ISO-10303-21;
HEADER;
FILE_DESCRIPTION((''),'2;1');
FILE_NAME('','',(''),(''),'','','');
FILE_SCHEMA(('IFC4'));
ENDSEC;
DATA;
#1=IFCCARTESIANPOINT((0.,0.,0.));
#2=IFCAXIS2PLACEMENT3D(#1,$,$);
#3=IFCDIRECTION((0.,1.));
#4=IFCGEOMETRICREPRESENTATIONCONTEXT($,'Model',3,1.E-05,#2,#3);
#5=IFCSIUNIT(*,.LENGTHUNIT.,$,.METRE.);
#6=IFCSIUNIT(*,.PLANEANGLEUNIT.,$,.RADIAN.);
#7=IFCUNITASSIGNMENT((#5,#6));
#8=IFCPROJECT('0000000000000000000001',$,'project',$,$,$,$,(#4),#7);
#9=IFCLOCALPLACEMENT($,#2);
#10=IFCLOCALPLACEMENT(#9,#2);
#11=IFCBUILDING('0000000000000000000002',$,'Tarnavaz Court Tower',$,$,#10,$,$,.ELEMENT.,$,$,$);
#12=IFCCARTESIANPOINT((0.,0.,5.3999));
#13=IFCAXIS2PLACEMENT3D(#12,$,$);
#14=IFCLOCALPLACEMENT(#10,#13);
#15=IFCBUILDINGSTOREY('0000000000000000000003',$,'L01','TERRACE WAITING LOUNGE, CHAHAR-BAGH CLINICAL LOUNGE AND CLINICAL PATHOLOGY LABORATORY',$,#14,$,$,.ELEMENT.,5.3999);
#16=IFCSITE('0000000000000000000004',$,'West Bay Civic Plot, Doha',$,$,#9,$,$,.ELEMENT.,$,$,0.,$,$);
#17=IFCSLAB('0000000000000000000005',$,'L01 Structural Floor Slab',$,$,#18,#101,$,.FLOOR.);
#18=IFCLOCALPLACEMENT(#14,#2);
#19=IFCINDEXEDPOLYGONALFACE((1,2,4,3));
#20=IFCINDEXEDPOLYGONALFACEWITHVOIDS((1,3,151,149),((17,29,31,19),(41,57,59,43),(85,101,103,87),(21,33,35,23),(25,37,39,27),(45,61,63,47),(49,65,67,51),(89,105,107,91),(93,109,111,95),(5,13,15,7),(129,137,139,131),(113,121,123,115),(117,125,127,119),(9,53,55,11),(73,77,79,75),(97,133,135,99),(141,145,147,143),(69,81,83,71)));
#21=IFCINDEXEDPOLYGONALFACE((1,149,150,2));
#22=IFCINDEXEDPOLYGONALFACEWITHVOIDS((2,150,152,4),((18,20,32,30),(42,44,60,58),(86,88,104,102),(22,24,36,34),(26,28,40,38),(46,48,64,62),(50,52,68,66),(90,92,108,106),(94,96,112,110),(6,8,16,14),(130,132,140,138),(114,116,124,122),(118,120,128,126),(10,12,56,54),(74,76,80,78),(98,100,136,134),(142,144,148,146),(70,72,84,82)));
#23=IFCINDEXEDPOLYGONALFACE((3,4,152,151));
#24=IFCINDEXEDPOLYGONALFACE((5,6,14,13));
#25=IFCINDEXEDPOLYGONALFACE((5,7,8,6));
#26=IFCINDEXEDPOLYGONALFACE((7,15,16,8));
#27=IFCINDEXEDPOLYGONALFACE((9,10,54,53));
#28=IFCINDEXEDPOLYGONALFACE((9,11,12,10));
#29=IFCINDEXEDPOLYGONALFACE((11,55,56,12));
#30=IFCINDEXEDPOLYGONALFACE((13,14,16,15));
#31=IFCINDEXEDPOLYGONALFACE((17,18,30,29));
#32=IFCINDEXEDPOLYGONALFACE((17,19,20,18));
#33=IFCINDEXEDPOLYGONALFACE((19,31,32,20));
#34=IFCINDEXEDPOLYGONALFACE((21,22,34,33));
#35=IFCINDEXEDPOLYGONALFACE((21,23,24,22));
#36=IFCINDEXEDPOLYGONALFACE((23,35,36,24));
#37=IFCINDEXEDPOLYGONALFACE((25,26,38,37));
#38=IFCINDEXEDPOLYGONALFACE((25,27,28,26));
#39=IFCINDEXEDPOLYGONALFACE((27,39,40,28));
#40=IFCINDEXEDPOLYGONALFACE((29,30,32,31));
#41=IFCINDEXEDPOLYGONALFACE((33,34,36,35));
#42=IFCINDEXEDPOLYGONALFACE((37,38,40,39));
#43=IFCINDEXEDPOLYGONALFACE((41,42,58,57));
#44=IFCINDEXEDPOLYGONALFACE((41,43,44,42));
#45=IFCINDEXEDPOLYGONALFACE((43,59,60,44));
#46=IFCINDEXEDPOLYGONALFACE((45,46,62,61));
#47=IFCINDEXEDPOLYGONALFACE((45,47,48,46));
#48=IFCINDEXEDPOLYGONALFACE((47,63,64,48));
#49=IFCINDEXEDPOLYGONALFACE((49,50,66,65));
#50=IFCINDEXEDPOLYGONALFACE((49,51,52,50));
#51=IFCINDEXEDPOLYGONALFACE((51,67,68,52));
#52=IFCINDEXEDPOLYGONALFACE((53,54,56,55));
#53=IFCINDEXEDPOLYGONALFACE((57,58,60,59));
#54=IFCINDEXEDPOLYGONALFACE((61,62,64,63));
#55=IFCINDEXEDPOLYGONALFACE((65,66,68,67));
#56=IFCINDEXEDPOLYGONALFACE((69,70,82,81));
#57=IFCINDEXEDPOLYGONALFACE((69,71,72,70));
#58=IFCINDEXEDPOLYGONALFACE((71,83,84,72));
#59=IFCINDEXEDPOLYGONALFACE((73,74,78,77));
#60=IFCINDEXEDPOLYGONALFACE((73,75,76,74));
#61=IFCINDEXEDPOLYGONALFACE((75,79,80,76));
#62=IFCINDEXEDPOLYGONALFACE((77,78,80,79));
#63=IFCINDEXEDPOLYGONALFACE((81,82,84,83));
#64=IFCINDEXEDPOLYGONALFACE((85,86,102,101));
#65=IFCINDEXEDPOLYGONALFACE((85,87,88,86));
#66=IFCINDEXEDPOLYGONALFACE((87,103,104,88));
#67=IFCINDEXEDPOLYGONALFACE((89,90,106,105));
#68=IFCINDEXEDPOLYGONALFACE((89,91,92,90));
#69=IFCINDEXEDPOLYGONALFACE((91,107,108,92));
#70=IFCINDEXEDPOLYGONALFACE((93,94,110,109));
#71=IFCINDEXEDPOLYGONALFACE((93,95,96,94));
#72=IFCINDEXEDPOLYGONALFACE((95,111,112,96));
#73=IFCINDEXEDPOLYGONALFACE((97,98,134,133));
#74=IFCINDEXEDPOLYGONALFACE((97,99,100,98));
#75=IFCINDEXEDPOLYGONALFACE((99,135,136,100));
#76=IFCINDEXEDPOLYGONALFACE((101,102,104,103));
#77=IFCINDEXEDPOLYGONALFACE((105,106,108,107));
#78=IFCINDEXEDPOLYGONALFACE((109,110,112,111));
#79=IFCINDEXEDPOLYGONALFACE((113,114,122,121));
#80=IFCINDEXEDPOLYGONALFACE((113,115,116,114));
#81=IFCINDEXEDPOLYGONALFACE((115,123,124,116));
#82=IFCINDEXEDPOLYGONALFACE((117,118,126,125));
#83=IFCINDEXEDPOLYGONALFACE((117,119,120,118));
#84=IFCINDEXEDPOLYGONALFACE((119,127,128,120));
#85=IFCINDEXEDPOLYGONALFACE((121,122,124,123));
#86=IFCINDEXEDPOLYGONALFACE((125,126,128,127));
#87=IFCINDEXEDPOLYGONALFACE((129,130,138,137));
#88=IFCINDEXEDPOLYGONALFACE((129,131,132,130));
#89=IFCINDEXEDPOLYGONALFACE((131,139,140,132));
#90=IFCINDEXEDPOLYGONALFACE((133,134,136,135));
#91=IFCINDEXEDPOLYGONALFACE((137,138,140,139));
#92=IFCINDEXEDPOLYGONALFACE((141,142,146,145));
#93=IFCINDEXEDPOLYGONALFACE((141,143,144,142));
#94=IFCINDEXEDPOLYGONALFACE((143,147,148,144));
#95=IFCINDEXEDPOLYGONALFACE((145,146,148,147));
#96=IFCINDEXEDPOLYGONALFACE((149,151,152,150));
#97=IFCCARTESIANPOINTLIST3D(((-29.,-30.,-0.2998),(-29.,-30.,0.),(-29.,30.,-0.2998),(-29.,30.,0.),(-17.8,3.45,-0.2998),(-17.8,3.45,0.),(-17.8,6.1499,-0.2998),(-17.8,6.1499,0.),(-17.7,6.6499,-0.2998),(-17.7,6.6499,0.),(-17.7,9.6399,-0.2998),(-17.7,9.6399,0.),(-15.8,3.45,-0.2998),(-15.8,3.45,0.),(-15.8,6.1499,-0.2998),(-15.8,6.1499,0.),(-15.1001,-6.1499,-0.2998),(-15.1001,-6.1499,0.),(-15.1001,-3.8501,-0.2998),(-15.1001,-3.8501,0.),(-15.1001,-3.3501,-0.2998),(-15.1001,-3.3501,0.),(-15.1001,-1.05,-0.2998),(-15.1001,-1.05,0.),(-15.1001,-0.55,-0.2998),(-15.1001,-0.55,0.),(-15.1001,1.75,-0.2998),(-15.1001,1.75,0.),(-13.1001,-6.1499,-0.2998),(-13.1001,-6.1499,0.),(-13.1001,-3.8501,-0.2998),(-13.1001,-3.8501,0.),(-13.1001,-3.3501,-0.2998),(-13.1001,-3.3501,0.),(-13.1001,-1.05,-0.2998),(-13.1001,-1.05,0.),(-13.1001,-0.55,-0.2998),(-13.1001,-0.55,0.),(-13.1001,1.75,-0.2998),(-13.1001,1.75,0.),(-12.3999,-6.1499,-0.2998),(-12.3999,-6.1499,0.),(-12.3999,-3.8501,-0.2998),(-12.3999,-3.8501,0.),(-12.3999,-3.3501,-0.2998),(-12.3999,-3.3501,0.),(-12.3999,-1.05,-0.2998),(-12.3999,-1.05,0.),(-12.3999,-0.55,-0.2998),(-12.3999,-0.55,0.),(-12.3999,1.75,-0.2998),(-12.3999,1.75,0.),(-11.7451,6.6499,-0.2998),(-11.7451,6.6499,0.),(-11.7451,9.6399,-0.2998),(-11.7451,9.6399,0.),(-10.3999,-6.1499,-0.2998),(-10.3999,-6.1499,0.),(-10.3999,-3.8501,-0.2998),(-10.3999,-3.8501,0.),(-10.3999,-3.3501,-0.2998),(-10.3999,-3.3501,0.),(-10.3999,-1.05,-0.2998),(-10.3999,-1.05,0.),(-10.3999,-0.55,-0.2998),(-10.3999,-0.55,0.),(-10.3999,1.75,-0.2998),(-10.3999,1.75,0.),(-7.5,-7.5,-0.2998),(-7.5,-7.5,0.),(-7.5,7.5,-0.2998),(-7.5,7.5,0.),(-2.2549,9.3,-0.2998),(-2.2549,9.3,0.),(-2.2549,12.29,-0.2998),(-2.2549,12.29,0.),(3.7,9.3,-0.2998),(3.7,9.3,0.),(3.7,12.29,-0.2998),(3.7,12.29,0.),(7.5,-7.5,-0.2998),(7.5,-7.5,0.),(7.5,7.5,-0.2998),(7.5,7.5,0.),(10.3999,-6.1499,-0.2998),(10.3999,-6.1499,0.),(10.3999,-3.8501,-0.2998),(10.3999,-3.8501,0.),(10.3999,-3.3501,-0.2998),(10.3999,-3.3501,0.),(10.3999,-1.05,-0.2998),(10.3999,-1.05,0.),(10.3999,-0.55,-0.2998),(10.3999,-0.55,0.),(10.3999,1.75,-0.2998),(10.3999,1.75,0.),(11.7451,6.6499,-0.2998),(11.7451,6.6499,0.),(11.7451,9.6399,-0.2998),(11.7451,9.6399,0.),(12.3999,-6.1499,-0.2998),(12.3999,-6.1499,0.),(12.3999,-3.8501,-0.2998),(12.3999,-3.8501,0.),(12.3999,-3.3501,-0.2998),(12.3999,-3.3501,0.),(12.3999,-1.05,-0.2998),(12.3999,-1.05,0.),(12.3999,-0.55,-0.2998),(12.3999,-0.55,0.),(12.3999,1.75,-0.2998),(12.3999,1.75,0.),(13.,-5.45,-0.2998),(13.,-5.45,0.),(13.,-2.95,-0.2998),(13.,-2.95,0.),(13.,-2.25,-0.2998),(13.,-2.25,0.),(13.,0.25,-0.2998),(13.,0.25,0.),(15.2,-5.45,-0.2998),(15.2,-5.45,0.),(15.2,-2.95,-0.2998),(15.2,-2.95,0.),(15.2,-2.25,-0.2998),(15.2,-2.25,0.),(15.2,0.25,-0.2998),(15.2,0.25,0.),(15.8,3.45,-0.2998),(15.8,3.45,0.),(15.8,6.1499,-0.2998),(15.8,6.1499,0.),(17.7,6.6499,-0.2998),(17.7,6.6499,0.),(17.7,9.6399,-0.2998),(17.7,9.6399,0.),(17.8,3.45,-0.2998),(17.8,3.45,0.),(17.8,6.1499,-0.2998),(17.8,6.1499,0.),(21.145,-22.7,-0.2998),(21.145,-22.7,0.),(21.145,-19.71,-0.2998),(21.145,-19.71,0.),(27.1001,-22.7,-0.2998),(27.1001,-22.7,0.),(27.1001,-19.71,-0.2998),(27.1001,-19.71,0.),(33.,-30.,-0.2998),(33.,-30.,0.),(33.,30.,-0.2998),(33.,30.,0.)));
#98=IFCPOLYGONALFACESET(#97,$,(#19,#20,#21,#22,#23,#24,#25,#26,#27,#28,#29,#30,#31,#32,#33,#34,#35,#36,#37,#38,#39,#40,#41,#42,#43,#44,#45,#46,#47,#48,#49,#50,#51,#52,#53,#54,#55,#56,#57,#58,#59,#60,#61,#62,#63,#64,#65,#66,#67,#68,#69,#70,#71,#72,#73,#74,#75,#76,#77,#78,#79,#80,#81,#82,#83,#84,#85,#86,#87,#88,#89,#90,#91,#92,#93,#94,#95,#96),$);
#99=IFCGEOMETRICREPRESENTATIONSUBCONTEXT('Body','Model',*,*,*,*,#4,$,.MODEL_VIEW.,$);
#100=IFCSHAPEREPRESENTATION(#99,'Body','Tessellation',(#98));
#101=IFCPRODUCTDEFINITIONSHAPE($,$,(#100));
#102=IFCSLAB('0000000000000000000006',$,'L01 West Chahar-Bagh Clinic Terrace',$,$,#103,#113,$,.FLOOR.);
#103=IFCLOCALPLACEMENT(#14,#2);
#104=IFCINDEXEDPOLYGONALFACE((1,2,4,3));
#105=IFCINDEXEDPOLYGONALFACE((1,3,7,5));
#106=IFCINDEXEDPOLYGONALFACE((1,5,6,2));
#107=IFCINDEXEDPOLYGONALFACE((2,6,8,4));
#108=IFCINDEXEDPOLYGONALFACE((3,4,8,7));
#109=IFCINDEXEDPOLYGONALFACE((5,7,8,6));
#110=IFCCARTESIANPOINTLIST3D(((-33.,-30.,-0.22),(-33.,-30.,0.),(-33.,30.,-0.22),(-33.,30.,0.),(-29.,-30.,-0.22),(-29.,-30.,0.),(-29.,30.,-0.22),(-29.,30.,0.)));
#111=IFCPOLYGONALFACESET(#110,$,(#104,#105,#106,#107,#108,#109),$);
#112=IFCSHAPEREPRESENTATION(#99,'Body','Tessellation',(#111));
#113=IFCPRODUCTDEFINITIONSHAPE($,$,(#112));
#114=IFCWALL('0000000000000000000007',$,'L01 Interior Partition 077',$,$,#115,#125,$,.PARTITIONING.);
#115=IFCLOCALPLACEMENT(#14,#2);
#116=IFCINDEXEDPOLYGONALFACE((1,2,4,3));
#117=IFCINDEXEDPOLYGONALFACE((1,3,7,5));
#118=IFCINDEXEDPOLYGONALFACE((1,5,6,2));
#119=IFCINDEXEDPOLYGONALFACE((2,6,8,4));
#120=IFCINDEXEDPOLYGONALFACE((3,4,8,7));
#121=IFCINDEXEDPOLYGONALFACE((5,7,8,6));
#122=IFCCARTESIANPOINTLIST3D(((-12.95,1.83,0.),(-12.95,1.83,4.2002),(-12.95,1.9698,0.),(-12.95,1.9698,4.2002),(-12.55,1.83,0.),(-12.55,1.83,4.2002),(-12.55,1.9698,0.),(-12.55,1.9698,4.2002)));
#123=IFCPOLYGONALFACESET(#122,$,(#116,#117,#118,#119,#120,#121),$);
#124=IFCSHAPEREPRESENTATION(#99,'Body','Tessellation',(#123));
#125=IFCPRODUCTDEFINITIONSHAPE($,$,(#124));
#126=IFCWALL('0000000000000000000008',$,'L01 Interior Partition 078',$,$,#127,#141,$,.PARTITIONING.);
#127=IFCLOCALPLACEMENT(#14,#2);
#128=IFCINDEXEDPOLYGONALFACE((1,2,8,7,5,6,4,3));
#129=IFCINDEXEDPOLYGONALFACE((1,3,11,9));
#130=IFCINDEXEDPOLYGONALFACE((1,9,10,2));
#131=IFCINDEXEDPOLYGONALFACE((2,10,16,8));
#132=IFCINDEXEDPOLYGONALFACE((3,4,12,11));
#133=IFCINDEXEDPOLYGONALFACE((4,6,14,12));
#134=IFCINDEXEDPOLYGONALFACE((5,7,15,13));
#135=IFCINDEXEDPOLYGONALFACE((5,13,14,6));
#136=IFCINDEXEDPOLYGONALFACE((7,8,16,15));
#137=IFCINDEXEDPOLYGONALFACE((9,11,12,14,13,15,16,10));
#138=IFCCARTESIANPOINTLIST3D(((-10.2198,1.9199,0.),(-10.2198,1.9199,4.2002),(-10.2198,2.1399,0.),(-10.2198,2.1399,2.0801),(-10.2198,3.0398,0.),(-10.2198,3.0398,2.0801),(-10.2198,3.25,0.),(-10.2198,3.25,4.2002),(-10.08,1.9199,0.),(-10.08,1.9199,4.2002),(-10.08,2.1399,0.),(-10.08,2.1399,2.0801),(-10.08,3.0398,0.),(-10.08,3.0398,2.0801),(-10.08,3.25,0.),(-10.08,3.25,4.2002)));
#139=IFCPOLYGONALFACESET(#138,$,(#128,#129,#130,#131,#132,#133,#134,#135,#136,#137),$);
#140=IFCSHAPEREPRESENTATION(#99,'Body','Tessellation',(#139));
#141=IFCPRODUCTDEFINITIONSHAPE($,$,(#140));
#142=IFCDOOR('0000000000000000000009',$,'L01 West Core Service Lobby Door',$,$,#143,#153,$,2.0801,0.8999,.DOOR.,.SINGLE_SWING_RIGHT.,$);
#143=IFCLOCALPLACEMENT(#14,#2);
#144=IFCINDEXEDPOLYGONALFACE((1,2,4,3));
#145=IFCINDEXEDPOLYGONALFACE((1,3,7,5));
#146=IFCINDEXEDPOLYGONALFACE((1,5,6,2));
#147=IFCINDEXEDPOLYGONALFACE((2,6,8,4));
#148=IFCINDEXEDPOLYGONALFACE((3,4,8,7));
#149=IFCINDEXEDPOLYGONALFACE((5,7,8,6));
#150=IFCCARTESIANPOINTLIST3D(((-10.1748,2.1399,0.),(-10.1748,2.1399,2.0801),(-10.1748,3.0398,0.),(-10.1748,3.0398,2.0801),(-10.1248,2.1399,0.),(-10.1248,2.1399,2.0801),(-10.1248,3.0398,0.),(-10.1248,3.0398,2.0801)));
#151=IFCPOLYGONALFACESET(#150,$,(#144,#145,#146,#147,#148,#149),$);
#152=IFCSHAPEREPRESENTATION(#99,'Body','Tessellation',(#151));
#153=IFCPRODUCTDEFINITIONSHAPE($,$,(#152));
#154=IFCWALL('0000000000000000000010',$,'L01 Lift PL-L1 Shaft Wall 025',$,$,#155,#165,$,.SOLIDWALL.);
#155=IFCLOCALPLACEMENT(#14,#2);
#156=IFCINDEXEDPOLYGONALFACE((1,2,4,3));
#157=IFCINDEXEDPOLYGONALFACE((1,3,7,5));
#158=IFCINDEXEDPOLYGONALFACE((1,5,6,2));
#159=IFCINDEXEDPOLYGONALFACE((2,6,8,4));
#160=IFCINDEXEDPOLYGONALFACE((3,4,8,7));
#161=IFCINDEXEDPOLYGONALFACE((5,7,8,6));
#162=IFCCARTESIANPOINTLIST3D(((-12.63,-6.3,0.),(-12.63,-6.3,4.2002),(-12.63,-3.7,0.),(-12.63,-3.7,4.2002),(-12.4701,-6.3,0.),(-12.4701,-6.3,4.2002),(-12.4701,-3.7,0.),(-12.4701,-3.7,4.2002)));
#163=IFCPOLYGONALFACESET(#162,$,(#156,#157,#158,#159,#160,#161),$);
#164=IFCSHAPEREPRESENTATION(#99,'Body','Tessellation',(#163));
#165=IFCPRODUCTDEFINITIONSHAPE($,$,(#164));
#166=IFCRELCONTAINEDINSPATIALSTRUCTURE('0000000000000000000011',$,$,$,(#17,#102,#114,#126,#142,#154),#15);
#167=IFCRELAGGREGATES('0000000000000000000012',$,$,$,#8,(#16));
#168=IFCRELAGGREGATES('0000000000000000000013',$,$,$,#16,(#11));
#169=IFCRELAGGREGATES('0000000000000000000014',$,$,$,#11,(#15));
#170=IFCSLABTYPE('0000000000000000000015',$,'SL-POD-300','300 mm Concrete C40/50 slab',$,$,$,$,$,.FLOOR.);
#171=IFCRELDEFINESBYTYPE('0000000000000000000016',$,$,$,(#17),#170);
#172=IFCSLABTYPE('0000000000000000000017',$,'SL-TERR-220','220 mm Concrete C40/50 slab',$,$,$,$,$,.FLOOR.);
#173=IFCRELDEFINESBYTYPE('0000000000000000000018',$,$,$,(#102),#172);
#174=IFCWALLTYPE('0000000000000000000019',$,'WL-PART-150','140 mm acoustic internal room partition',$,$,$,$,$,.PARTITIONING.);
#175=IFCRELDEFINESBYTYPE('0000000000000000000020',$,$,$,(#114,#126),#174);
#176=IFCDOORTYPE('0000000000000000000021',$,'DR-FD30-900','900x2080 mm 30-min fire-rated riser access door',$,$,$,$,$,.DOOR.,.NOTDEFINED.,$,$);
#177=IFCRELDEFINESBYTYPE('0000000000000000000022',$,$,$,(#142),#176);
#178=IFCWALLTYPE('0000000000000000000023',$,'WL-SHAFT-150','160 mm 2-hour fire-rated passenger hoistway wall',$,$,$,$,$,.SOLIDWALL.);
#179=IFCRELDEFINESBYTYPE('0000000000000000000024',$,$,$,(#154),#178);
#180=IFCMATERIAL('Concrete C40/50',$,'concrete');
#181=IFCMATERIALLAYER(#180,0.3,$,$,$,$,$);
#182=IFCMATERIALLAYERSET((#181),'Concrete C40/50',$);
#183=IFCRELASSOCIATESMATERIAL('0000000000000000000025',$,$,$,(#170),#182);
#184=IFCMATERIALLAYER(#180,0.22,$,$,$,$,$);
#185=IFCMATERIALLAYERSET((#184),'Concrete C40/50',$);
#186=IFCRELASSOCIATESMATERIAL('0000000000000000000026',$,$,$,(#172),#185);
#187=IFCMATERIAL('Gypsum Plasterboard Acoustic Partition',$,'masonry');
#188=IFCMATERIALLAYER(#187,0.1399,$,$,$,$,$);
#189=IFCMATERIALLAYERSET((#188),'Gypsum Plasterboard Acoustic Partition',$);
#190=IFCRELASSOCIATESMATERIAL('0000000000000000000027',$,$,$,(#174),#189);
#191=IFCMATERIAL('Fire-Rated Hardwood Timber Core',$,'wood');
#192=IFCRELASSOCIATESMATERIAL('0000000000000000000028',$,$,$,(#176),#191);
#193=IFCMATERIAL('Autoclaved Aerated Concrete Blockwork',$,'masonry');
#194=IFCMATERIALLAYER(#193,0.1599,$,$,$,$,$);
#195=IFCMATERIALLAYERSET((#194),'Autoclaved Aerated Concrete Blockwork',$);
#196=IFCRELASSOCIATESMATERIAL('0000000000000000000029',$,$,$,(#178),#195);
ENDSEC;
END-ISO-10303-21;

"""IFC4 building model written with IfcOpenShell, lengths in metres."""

from ifc_helpers import new_model, si_unit, direction, frame, frame_2d, origin, place, context, subcontext, project, spatial, polyline, rectangle, outline, extrude, material, layer, layer_set, type_object, element, fill, save


model = new_model("IFC4")

# Units and contexts
model_context = context("Model", 3, precision=1e-05, world=origin(), true_north=direction((0.0, 1.0)))
body_context = subcontext(model_context, "Body", "Model", "MODEL_VIEW")
ifc_project = project(units=[si_unit("LENGTHUNIT", "METRE"), si_unit("PLANEANGLEUNIT", "RADIAN")], contexts=[model_context])

# Site, building, storey
site_placement = place(None, origin())
site = spatial("IfcSite", under=ifc_project, at=site_placement, Name="West Bay Civic Plot, Doha", CompositionType="ELEMENT", RefElevation=0.0)
building_placement = place(site_placement, origin())
building = spatial("IfcBuilding", under=site, at=building_placement, Name="Tarnavaz Court Tower", CompositionType="ELEMENT")
storey_placement = place(building_placement, frame((0.0, 0.0, 5.3999)))
storey = spatial("IfcBuildingStorey", under=building, at=storey_placement, Name="L01", Description="TERRACE WAITING LOUNGE, CHAHAR-BAGH CLINICAL LOUNGE AND CLINICAL PATHOLOGY LABORATORY", CompositionType="ELEMENT", Elevation=5.3999)

# Shared definitions
ifc_material_1 = material(Name="Concrete C40/50", Category="concrete")

# Slabs
ifc_layer_1 = layer(ifc_material_1, 0.3)
ifc_layer_set_1 = layer_set([ifc_layer_1], Name="Concrete C40/50")
slab_type_1 = type_object("IfcSlabType", Name="SL-POD-300", Description="300 mm Concrete C40/50 slab", PredefinedType="FLOOR", material=ifc_layer_set_1)
slab_1_placement = place(storey_placement, frame((0.0, 0.0, -0.2998)))
element("IfcSlab", 1, at=slab_1_placement, inside=storey, type_object=slab_type_1, Name="L01 Structural Floor Slab", PredefinedType="FLOOR", context=body_context, shape_type="SweptSolid", body=[
    extrude(outline(polyline([(-29.0, -30.0), (33.0, -30.0), (33.0, 30.0), (-29.0, 30.0), (-29.0, -30.0)]), holes=[polyline([(-7.5, -7.5), (7.5, -7.5), (7.5, 7.5), (-7.5, 7.5), (-7.5, -7.5)]), polyline([(-11.7451, 9.6399), (-17.7, 9.6399), (-17.7, 6.6499), (-11.7451, 6.6499), (-11.7451, 9.6399)]), polyline([(11.7451, 6.6499), (17.7, 6.6499), (17.7, 9.6399), (11.7451, 9.6399), (11.7451, 6.6499)]), polyline([(-2.2549, 9.3), (3.7, 9.3), (3.7, 12.29), (-2.2549, 12.29), (-2.2549, 9.3)]), polyline([(21.145, -22.7), (27.1001, -22.7), (27.1001, -19.71), (21.145, -19.71), (21.145, -22.7)]), polyline([(-17.8, 3.45), (-15.8, 3.45), (-15.8, 6.1499), (-17.8, 6.1499), (-17.8, 3.45)]), polyline([(-12.3999, -6.1499), (-10.3999, -6.1499), (-10.3999, -3.8501), (-12.3999, -3.8501), (-12.3999, -6.1499)]), polyline([(-12.3999, -3.3501), (-10.3999, -3.3501), (-10.3999, -1.05), (-12.3999, -1.05), (-12.3999, -3.3501)]), polyline([(-12.3999, -0.55), (-10.3999, -0.55), (-10.3999, 1.75), (-12.3999, 1.75), (-12.3999, -0.55)]), polyline([(-15.1001, -6.1499), (-13.1001, -6.1499), (-13.1001, -3.8501), (-15.1001, -3.8501), (-15.1001, -6.1499)]), polyline([(-15.1001, -3.3501), (-13.1001, -3.3501), (-13.1001, -1.05), (-15.1001, -1.05), (-15.1001, -3.3501)]), polyline([(-15.1001, -0.55), (-13.1001, -0.55), (-13.1001, 1.75), (-15.1001, 1.75), (-15.1001, -0.55)]), polyline([(15.8, 3.45), (17.8, 3.45), (17.8, 6.1499), (15.8, 6.1499), (15.8, 3.45)]), polyline([(10.3999, -6.1499), (12.3999, -6.1499), (12.3999, -3.8501), (10.3999, -3.8501), (10.3999, -6.1499)]), polyline([(10.3999, -3.3501), (12.3999, -3.3501), (12.3999, -1.05), (10.3999, -1.05), (10.3999, -3.3501)]), polyline([(10.3999, -0.55), (12.3999, -0.55), (12.3999, 1.75), (10.3999, 1.75), (10.3999, -0.55)]), polyline([(13.0, -5.45), (15.2, -5.45), (15.2, -2.95), (13.0, -2.95), (13.0, -5.45)]), polyline([(13.0, -2.25), (15.2, -2.25), (15.2, 0.25), (13.0, 0.25), (13.0, -2.25)])]), origin(), (0.0, 0.0, 1.0), 0.2998),
])
ifc_layer_2 = layer(ifc_material_1, 0.22)
ifc_layer_set_2 = layer_set([ifc_layer_2], Name="Concrete C40/50")
slab_type_2 = type_object("IfcSlabType", Name="SL-TERR-220", Description="220 mm Concrete C40/50 slab", PredefinedType="FLOOR", material=ifc_layer_set_2)
slab_2_placement = place(storey_placement, frame((0.0, 0.0, -0.22)))
element("IfcSlab", 2, at=slab_2_placement, inside=storey, type_object=slab_type_2, Name="L01 West Chahar-Bagh Clinic Terrace", PredefinedType="FLOOR", context=body_context, shape_type="SweptSolid", body=[
    extrude(outline(polyline([(-33.0, -30.0), (-29.0, -30.0), (-29.0, 30.0), (-33.0, 30.0), (-33.0, -30.0)])), origin(), (0.0, 0.0, 1.0), 0.22),
])

# Shared definitions
ifc_material_2 = material(Name="Autoclaved Aerated Concrete Blockwork", Category="masonry")
ifc_material_3 = material(Name="Fire-Rated Hardwood Timber Core", Category="wood")

# Wall
ifc_material_4 = material(Name="Gypsum Plasterboard Acoustic Partition", Category="masonry")
ifc_layer_3 = layer(ifc_material_4, 0.1399)
ifc_layer_set_3 = layer_set([ifc_layer_3], Name="Gypsum Plasterboard Acoustic Partition")
wall_type_1 = type_object("IfcWallType", Name="WL-PART-150", Description="140 mm acoustic internal room partition", PredefinedType="PARTITIONING", material=ifc_layer_set_3)
wall_1_placement = place(storey_placement, frame((-12.95, 1.8999, 0.0), z_axis=(0.0, 0.0, 1.0), x_axis=(1.0, 0.0, 0.0)))
element("IfcWall", 3, at=wall_1_placement, inside=storey, type_object=wall_type_1, Name="L01 Interior Partition 077", PredefinedType="PARTITIONING", context=body_context, shape_type="SweptSolid", body=[
    extrude(rectangle(XDim=0.3999, YDim=0.1399, at=frame_2d((0.2, 0.0))), origin(), (0.0, 0.0, 1.0), 4.2002),
])

# Wall, opening, door
wall_2_placement = place(storey_placement, frame((-10.1499, 1.9199, 0.0), z_axis=(0.0, 0.0, 1.0), x_axis=(0.0, 1.0, 0.0)))
wall_2 = element("IfcWall", 4, at=wall_2_placement, inside=storey, type_object=wall_type_1, Name="L01 Interior Partition 078", PredefinedType="PARTITIONING", context=body_context, shape_type="SweptSolid", body=[
    extrude(rectangle(XDim=1.3301, YDim=0.1399, at=frame_2d((0.665, 0.0))), origin(), (0.0, 0.0, 1.0), 4.2002),
])
opening_1_placement = place(wall_2_placement, frame((0.22, 0.0, 0.0)))
opening_1 = element("IfcOpeningElement", 5, at=opening_1_placement, cuts=wall_2, PredefinedType="OPENING", context=body_context, shape_type="SweptSolid", body=[
    extrude(rectangle(XDim=0.8999, YDim=2.0801, at=frame_2d((0.45, 1.04))), frame((0.0, 0.0798, 0.0), z_axis=(0.0, -1.0, 0.0), x_axis=(1.0, 0.0, 0.0)), (0.0, 0.0, 1.0), 0.1599),
])
door_type_1 = type_object("IfcDoorType", Name="DR-FD30-900", Description="900x2080 mm 30-min fire-rated riser access door", OperationType="NOTDEFINED", PredefinedType="DOOR", material=ifc_material_3)
door_1_placement = place(opening_1_placement, origin())
door_1 = element("IfcDoor", 6, at=door_1_placement, inside=storey, type_object=door_type_1, Name="L01 West Core Service Lobby Door", OperationType="SINGLE_SWING_RIGHT", OverallHeight=2.0801, OverallWidth=0.8999, PredefinedType="DOOR", context=body_context, shape_type="SweptSolid", body=[
    extrude(rectangle(XDim=0.8999, YDim=2.0801, at=frame_2d((0.45, 1.04))), frame((0.0, 0.0249, 0.0), z_axis=(0.0, -1.0, 0.0), x_axis=(1.0, 0.0, 0.0)), (0.0, 0.0, 1.0), 0.05),
])
fill(opening_1, door_1)

# Wall
ifc_layer_4 = layer(ifc_material_2, 0.1599)
ifc_layer_set_4 = layer_set([ifc_layer_4], Name="Autoclaved Aerated Concrete Blockwork")
wall_type_2 = type_object("IfcWallType", Name="WL-SHAFT-150", Description="160 mm 2-hour fire-rated passenger hoistway wall", PredefinedType="SOLIDWALL", material=ifc_layer_set_4)
wall_3_placement = place(storey_placement, frame((-12.55, -6.3, 0.0), z_axis=(0.0, 0.0, 1.0), x_axis=(0.0, 1.0, 0.0)))
element("IfcWall", 7, at=wall_3_placement, inside=storey, type_object=wall_type_2, Name="L01 Lift PL-L1 Shaft Wall 025", PredefinedType="SOLIDWALL", context=body_context, shape_type="SweptSolid", body=[
    extrude(rectangle(XDim=2.6001, YDim=0.1599, at=frame_2d((1.3, 0.0))), origin(), (0.0, 0.0, 1.0), 4.2002),
])

save(model, "model.ifc")
